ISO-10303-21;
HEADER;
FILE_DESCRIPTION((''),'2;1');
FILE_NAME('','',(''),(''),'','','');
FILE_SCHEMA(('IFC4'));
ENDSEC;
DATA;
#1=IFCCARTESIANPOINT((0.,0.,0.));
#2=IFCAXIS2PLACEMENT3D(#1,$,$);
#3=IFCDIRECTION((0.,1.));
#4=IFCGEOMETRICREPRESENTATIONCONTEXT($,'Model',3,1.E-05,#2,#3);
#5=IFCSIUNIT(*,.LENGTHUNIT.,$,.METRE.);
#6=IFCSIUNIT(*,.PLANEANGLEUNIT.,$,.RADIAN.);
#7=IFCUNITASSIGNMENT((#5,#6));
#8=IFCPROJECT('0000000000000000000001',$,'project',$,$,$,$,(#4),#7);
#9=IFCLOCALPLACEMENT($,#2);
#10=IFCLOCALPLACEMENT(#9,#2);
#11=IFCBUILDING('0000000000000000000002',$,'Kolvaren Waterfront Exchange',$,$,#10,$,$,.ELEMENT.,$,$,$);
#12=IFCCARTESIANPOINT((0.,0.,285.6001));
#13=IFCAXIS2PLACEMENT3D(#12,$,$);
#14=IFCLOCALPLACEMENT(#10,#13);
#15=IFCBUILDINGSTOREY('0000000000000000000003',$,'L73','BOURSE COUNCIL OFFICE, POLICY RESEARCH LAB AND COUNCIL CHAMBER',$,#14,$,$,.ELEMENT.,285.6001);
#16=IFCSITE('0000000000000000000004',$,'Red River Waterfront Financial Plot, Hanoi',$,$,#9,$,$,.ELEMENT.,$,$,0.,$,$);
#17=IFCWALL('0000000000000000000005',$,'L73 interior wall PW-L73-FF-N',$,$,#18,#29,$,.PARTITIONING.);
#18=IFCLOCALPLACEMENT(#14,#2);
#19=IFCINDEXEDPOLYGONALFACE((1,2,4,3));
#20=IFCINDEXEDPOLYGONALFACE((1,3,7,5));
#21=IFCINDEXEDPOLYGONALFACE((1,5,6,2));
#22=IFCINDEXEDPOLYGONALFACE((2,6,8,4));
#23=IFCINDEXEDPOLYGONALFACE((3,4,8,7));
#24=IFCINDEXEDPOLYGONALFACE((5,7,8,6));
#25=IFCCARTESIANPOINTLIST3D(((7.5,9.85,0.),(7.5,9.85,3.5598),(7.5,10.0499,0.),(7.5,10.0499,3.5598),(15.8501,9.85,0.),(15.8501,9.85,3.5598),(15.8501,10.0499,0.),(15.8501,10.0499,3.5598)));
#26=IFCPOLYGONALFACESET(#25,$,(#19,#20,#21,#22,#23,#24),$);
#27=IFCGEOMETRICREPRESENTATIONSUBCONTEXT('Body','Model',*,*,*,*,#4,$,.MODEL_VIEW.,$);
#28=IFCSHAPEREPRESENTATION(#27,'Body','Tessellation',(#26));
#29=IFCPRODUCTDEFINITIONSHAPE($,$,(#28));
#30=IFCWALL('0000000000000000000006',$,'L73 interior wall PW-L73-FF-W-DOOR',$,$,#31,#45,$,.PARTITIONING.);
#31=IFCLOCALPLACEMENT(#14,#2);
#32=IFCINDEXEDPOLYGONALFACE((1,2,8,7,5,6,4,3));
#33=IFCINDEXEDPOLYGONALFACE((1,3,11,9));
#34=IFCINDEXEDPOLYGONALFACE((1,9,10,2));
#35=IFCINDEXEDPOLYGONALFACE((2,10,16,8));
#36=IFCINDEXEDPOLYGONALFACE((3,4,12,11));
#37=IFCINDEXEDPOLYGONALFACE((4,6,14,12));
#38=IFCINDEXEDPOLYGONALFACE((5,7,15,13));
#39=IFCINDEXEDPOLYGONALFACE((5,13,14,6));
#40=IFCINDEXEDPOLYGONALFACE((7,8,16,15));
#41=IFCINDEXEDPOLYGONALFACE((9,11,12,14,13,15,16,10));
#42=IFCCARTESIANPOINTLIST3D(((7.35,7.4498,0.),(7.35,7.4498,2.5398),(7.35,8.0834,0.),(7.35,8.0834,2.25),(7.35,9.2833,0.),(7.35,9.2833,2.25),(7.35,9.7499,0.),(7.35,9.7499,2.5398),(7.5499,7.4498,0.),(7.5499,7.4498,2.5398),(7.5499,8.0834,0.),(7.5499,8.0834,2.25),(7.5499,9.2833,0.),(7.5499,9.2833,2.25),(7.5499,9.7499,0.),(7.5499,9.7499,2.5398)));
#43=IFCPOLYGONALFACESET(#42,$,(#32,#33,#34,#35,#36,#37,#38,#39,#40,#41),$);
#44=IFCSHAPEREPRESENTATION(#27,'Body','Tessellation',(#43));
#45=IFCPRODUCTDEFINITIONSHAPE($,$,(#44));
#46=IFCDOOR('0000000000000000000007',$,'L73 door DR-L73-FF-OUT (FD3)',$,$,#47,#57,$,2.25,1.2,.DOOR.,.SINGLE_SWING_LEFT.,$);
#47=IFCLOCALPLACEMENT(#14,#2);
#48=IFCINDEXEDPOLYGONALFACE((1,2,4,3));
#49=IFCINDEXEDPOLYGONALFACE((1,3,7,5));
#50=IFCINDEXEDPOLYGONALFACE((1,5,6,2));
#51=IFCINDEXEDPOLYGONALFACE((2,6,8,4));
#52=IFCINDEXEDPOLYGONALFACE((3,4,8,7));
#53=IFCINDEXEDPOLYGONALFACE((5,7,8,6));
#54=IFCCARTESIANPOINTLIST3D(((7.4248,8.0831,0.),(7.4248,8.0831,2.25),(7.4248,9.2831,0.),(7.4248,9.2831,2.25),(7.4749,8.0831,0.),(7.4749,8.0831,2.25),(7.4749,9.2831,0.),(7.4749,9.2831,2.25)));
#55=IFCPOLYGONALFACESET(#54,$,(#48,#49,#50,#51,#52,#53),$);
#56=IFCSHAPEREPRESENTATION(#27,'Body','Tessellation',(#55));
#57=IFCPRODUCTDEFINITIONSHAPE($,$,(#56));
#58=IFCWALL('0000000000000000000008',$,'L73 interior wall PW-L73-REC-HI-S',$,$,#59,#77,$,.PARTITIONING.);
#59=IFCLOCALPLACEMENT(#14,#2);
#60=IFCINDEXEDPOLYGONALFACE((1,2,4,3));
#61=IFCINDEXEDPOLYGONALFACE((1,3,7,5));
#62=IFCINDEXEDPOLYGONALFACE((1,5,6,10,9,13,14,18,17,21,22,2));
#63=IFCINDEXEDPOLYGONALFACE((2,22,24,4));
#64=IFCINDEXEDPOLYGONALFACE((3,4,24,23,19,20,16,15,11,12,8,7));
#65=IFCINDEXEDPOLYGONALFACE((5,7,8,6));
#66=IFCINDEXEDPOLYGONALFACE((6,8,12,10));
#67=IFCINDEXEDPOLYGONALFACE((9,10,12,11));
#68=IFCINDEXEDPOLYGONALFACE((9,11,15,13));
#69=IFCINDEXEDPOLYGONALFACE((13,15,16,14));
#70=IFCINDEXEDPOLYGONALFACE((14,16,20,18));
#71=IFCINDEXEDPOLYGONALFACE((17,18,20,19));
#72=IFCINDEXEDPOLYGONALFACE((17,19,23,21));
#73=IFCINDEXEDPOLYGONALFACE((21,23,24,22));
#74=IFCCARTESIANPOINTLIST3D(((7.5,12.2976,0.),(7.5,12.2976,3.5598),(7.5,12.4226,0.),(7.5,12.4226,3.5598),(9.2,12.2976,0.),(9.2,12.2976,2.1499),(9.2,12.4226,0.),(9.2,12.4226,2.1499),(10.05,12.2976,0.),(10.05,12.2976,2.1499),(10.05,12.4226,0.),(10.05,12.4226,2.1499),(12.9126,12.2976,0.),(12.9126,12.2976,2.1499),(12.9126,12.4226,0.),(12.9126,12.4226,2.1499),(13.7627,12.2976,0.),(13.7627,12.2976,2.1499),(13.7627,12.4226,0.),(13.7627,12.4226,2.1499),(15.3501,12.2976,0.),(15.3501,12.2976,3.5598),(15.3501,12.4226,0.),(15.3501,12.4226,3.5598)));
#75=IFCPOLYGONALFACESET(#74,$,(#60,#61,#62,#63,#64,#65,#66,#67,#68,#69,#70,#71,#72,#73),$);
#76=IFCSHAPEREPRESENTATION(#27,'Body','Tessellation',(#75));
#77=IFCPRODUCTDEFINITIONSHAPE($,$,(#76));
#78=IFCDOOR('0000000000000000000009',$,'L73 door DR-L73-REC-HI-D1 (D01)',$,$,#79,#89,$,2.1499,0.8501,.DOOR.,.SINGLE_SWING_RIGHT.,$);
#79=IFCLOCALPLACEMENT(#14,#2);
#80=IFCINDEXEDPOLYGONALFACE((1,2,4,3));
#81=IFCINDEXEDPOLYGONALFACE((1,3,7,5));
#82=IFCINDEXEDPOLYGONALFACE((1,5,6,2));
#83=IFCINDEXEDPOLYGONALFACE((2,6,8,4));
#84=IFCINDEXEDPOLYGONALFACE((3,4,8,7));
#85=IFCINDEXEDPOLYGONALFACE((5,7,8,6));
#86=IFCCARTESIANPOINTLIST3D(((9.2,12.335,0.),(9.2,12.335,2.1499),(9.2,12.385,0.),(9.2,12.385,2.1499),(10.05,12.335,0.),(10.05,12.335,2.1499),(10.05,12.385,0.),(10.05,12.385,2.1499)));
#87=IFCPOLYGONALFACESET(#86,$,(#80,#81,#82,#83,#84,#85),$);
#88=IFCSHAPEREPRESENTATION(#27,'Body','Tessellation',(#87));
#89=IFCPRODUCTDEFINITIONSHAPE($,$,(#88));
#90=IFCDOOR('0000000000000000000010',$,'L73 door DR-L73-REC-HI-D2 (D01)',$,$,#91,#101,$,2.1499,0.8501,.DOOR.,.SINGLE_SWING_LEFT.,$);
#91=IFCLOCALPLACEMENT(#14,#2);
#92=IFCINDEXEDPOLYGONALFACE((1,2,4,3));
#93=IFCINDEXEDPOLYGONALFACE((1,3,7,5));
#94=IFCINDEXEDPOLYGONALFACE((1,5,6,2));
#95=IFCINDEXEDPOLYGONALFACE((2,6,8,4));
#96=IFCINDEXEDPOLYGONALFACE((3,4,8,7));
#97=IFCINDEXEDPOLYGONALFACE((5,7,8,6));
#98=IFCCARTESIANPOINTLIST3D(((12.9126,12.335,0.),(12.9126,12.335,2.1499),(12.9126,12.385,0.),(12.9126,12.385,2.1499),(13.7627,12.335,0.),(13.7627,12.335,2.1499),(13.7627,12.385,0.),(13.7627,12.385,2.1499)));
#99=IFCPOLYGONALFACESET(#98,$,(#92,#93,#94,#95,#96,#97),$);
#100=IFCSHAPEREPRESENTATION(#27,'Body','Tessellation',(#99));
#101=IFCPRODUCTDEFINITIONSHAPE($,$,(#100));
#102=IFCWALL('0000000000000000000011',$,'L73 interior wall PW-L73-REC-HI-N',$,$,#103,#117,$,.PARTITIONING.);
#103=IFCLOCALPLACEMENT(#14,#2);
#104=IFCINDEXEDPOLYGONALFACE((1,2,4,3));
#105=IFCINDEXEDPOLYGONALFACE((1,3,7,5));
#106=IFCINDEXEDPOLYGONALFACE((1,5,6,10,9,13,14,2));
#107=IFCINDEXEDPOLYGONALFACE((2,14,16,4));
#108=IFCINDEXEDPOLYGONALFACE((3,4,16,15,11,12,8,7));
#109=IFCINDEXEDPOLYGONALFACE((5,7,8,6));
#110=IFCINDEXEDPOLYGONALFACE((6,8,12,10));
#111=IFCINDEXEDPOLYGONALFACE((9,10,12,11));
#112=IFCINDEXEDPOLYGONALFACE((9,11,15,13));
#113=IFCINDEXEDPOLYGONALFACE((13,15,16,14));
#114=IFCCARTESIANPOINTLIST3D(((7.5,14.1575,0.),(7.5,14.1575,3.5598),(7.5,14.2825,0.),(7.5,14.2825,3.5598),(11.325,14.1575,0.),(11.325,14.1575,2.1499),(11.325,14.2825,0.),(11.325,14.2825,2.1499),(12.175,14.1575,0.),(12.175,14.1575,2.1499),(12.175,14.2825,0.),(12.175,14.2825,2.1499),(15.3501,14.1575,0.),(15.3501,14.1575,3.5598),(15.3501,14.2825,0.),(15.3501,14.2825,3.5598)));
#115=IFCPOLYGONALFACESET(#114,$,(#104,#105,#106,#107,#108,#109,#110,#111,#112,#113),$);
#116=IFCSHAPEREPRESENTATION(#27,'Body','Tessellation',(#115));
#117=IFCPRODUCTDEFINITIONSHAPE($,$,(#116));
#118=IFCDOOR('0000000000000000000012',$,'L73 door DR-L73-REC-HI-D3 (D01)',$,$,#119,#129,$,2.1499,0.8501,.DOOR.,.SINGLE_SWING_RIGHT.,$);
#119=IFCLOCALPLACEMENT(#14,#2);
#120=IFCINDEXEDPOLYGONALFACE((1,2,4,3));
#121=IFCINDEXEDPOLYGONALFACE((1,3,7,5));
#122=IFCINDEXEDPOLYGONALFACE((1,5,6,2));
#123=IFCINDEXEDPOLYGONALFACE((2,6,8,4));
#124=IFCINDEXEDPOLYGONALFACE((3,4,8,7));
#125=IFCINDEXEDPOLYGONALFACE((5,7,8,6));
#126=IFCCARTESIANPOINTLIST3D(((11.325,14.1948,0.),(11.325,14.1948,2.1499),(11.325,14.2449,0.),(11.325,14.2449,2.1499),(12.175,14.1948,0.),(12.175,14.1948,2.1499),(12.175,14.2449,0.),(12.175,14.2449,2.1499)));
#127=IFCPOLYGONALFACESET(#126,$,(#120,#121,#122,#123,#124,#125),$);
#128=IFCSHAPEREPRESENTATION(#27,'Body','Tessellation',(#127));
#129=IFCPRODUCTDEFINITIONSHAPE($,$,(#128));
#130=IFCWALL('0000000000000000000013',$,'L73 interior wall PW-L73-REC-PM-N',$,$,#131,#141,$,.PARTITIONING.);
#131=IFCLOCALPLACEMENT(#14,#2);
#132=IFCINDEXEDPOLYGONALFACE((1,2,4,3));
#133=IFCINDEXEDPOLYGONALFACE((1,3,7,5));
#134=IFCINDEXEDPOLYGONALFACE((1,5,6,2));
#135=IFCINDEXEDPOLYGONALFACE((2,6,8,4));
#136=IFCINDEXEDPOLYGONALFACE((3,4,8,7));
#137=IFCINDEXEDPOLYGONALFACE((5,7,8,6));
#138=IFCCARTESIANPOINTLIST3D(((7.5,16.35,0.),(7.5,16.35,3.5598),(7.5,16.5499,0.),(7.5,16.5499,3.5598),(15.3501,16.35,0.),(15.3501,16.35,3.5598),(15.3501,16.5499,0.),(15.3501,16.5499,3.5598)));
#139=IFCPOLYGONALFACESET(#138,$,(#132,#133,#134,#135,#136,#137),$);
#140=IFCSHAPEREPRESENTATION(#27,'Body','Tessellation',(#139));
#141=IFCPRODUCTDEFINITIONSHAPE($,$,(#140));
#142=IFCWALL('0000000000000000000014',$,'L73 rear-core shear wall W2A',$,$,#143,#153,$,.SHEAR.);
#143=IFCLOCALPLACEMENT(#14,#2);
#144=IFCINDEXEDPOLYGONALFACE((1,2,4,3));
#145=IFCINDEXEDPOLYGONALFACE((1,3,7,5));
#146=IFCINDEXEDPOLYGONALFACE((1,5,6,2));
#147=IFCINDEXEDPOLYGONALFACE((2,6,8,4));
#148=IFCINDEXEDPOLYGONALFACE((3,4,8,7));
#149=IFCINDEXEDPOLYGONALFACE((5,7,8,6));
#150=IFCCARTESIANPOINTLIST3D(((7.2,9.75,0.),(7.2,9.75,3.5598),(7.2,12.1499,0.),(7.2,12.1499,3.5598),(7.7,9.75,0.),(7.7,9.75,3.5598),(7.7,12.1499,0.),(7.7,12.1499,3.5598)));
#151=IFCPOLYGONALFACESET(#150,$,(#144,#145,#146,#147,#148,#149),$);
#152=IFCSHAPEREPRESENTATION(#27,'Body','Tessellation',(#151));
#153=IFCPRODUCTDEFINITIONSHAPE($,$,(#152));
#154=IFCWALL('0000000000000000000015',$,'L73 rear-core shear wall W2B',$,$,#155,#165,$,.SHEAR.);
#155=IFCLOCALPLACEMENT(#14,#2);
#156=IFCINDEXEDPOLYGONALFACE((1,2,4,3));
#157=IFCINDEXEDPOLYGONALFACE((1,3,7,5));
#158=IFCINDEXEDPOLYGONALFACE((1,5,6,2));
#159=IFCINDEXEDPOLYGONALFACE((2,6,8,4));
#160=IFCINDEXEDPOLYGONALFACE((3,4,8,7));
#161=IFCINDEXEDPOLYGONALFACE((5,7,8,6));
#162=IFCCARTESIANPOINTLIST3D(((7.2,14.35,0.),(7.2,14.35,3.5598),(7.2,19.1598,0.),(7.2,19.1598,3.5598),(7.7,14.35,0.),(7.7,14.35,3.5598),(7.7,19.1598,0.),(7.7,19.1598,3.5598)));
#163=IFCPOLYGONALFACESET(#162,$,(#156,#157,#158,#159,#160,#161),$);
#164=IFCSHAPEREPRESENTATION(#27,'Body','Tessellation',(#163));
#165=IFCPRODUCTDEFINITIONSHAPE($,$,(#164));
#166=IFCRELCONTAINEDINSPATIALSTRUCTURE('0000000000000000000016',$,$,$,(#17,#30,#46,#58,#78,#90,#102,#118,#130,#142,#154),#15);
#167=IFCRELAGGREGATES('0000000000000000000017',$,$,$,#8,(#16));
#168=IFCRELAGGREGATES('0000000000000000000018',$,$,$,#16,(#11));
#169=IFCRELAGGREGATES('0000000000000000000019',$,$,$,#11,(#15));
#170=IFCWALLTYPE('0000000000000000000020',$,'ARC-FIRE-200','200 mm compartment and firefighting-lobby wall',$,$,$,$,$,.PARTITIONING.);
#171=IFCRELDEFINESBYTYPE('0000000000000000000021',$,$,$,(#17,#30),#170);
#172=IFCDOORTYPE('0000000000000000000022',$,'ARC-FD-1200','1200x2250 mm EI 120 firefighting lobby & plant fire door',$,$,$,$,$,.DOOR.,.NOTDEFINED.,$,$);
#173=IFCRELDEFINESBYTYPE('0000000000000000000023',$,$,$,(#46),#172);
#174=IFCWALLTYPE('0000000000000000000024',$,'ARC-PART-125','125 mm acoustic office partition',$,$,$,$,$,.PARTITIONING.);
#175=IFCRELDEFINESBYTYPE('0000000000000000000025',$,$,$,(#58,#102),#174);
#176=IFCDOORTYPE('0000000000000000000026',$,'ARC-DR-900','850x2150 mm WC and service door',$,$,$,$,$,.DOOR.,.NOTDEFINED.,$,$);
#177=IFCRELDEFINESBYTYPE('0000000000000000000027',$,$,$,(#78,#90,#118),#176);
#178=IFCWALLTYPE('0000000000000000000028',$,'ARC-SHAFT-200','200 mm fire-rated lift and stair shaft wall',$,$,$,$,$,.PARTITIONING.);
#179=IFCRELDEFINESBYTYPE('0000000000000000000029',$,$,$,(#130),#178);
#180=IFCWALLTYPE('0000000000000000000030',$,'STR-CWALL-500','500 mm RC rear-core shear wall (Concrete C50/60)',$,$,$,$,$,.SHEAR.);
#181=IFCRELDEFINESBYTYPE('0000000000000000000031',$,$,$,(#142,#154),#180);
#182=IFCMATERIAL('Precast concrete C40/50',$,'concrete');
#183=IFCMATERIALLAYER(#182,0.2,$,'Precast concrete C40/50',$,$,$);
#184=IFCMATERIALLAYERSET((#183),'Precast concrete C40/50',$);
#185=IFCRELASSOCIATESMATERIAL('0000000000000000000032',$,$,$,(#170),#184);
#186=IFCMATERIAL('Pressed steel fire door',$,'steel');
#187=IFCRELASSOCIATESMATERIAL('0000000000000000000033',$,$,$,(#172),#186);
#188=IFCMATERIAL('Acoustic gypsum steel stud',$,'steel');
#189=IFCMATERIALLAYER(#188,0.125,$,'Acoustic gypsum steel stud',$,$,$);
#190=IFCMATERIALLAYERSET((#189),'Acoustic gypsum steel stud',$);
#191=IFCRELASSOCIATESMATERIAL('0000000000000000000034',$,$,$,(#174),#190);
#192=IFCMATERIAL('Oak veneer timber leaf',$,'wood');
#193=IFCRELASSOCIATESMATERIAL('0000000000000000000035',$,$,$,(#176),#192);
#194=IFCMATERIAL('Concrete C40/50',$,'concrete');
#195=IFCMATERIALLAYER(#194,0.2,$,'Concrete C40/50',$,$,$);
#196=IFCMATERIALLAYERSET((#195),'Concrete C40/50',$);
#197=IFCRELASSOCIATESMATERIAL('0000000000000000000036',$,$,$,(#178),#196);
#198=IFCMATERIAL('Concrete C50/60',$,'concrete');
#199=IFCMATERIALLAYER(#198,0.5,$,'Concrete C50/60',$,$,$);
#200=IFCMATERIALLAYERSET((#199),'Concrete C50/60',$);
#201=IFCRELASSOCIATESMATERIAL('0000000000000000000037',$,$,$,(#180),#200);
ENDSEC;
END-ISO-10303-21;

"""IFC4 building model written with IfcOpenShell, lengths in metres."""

from ifc_helpers import new_model, si_unit, direction, frame, frame_2d, origin, place, context, subcontext, project, spatial, rectangle, extrude, material, layer, layer_set, type_object, element, fill, save


model = new_model("IFC4")

# Units and contexts
model_context = context("Model", 3, precision=1e-05, world=origin(), true_north=direction((0.0, 1.0)))
body_context = subcontext(model_context, "Body", "Model", "MODEL_VIEW")
ifc_project = project(units=[si_unit("LENGTHUNIT", "METRE"), si_unit("PLANEANGLEUNIT", "RADIAN")], contexts=[model_context])

# Site, building, storey
site_placement = place(None, origin())
site = spatial("IfcSite", under=ifc_project, at=site_placement, Name="Red River Waterfront Financial Plot, Hanoi", CompositionType="ELEMENT", RefElevation=0.0)
building_placement = place(site_placement, origin())
building = spatial("IfcBuilding", under=site, at=building_placement, Name="Kolvaren Waterfront Exchange", CompositionType="ELEMENT")
storey_placement = place(building_placement, frame((0.0, 0.0, 285.6001)))
storey = spatial("IfcBuildingStorey", under=building, at=storey_placement, Name="L73", Description="BOURSE COUNCIL OFFICE, POLICY RESEARCH LAB AND COUNCIL CHAMBER", CompositionType="ELEMENT", Elevation=285.6001)

# Wall
ifc_material_1 = material(Name="Precast concrete C40/50", Category="concrete")
ifc_layer_1 = layer(ifc_material_1, 0.2, Name="Precast concrete C40/50")
ifc_layer_set_1 = layer_set([ifc_layer_1], Name="Precast concrete C40/50")
wall_type_1 = type_object("IfcWallType", Name="ARC-FIRE-200", Description="200 mm compartment and firefighting-lobby wall", PredefinedType="PARTITIONING", material=ifc_layer_set_1)
wall_1_placement = place(storey_placement, frame((7.5, 9.95, 0.0), z_axis=(0.0, 0.0, 1.0), x_axis=(1.0, 0.0, 0.0)))
element("IfcWall", 1, at=wall_1_placement, inside=storey, type_object=wall_type_1, Name="L73 interior wall PW-L73-FF-N", PredefinedType="PARTITIONING", context=body_context, shape_type="SweptSolid", body=[
    extrude(rectangle(XDim=8.3501, YDim=0.2, at=frame_2d((4.175, 0.0))), origin(), (0.0, 0.0, 1.0), 3.5598),
])

# Wall, opening, door
wall_2_placement = place(storey_placement, frame((7.45, 7.45, 0.0), z_axis=(0.0, 0.0, 1.0), x_axis=(0.0, 1.0, 0.0)))
wall_2 = element("IfcWall", 2, at=wall_2_placement, inside=storey, type_object=wall_type_1, Name="L73 interior wall PW-L73-FF-W-DOOR", PredefinedType="PARTITIONING", context=body_context, shape_type="SweptSolid", body=[
    extrude(rectangle(XDim=2.3, YDim=0.2, at=frame_2d((1.1499, 0.0))), origin(), (0.0, 0.0, 1.0), 2.5398),
])
opening_1_placement = place(wall_2_placement, frame((0.6333, 0.0, 0.0)))
opening_1 = element("IfcOpeningElement", 3, at=opening_1_placement, cuts=wall_2, PredefinedType="OPENING", context=body_context, shape_type="SweptSolid", body=[
    extrude(rectangle(XDim=1.2, YDim=2.25, at=frame_2d((0.6001, 1.125))), frame((0.0, 0.1099, 0.0), z_axis=(0.0, -1.0, 0.0), x_axis=(1.0, 0.0, 0.0)), (0.0, 0.0, 1.0), 0.22),
])
ifc_material_2 = material(Name="Pressed steel fire door", Category="steel")
door_type_1 = type_object("IfcDoorType", Name="ARC-FD-1200", Description="1200x2250 mm EI 120 firefighting lobby & plant fire door", OperationType="NOTDEFINED", PredefinedType="DOOR", material=ifc_material_2)
door_1_placement = place(opening_1_placement, frame((1.2, 0.0, 0.0), z_axis=(0.0, 0.0, 1.0), x_axis=(-1.0, 0.0, 0.0)))
door_1 = element("IfcDoor", 4, at=door_1_placement, inside=storey, type_object=door_type_1, Name="L73 door DR-L73-FF-OUT (FD3)", OperationType="SINGLE_SWING_LEFT", OverallHeight=2.25, OverallWidth=1.2, PredefinedType="DOOR", context=body_context, shape_type="SweptSolid", body=[
    extrude(rectangle(XDim=1.2, YDim=2.25, at=frame_2d((0.6001, 1.125))), frame((0.0, 0.0249, 0.0), z_axis=(0.0, -1.0, 0.0), x_axis=(1.0, 0.0, 0.0)), (0.0, 0.0, 1.0), 0.05),
])
fill(opening_1, door_1)

# Wall, openings, doors
ifc_material_3 = material(Name="Acoustic gypsum steel stud", Category="steel")
ifc_layer_2 = layer(ifc_material_3, 0.125, Name="Acoustic gypsum steel stud")
ifc_layer_set_2 = layer_set([ifc_layer_2], Name="Acoustic gypsum steel stud")
wall_type_2 = type_object("IfcWallType", Name="ARC-PART-125", Description="125 mm acoustic office partition", PredefinedType="PARTITIONING", material=ifc_layer_set_2)
wall_3_placement = place(storey_placement, frame((7.5, 12.3601, 0.0), z_axis=(0.0, 0.0, 1.0), x_axis=(1.0, 0.0, 0.0)))
wall_3 = element("IfcWall", 5, at=wall_3_placement, inside=storey, type_object=wall_type_2, Name="L73 interior wall PW-L73-REC-HI-S", PredefinedType="PARTITIONING", context=body_context, shape_type="SweptSolid", body=[
    extrude(rectangle(XDim=7.8501, YDim=0.125, at=frame_2d((3.925, 0.0))), origin(), (0.0, 0.0, 1.0), 3.5598),
])
opening_2_placement = place(wall_3_placement, frame((1.7, 0.0, 0.0)))
opening_2 = element("IfcOpeningElement", 6, at=opening_2_placement, cuts=wall_3, PredefinedType="OPENING", context=body_context, shape_type="SweptSolid", body=[
    extrude(rectangle(XDim=0.8501, YDim=2.1499, at=frame_2d((0.425, 1.075))), frame((0.0, 0.0725, 0.0), z_axis=(0.0, -1.0, 0.0), x_axis=(1.0, 0.0, 0.0)), (0.0, 0.0, 1.0), 0.145),
])
opening_3_placement = place(wall_3_placement, frame((5.4126, 0.0, 0.0)))
opening_3 = element("IfcOpeningElement", 7, at=opening_3_placement, cuts=wall_3, PredefinedType="OPENING", context=body_context, shape_type="SweptSolid", body=[
    extrude(rectangle(XDim=0.8501, YDim=2.1499, at=frame_2d((0.425, 1.075))), frame((0.0, 0.0725, 0.0), z_axis=(0.0, -1.0, 0.0), x_axis=(1.0, 0.0, 0.0)), (0.0, 0.0, 1.0), 0.145),
])
ifc_material_4 = material(Name="Oak veneer timber leaf", Category="wood")
door_type_2 = type_object("IfcDoorType", Name="ARC-DR-900", Description="850x2150 mm WC and service door", OperationType="NOTDEFINED", PredefinedType="DOOR", material=ifc_material_4)
door_2_placement = place(opening_2_placement, origin())
door_2 = element("IfcDoor", 8, at=door_2_placement, inside=storey, type_object=door_type_2, Name="L73 door DR-L73-REC-HI-D1 (D01)", OperationType="SINGLE_SWING_RIGHT", OverallHeight=2.1499, OverallWidth=0.8501, PredefinedType="DOOR", context=body_context, shape_type="SweptSolid", body=[
    extrude(rectangle(XDim=0.8501, YDim=2.1499, at=frame_2d((0.425, 1.075))), frame((0.0, 0.0249, 0.0), z_axis=(0.0, -1.0, 0.0), x_axis=(1.0, 0.0, 0.0)), (0.0, 0.0, 1.0), 0.05),
])
fill(opening_2, door_2)
door_3_placement = place(opening_3_placement, origin())
door_3 = element("IfcDoor", 9, at=door_3_placement, inside=storey, type_object=door_type_2, Name="L73 door DR-L73-REC-HI-D2 (D01)", OperationType="SINGLE_SWING_LEFT", OverallHeight=2.1499, OverallWidth=0.8501, PredefinedType="DOOR", context=body_context, shape_type="SweptSolid", body=[
    extrude(rectangle(XDim=0.8501, YDim=2.1499, at=frame_2d((0.425, 1.075))), frame((0.0, 0.0249, 0.0), z_axis=(0.0, -1.0, 0.0), x_axis=(1.0, 0.0, 0.0)), (0.0, 0.0, 1.0), 0.05),
])
fill(opening_3, door_3)

# Wall, opening, door
wall_4_placement = place(storey_placement, frame((7.5, 14.22, 0.0), z_axis=(0.0, 0.0, 1.0), x_axis=(1.0, 0.0, 0.0)))
wall_4 = element("IfcWall", 10, at=wall_4_placement, inside=storey, type_object=wall_type_2, Name="L73 interior wall PW-L73-REC-HI-N", PredefinedType="PARTITIONING", context=body_context, shape_type="SweptSolid", body=[
    extrude(rectangle(XDim=7.8501, YDim=0.125, at=frame_2d((3.925, 0.0))), origin(), (0.0, 0.0, 1.0), 3.5598),
])
opening_4_placement = place(wall_4_placement, frame((3.825, 0.0, 0.0)))
opening_4 = element("IfcOpeningElement", 11, at=opening_4_placement, cuts=wall_4, PredefinedType="OPENING", context=body_context, shape_type="SweptSolid", body=[
    extrude(rectangle(XDim=0.8501, YDim=2.1499, at=frame_2d((0.425, 1.075))), frame((0.0, 0.0725, 0.0), z_axis=(0.0, -1.0, 0.0), x_axis=(1.0, 0.0, 0.0)), (0.0, 0.0, 1.0), 0.145),
])
door_4_placement = place(opening_4_placement, origin())
door_4 = element("IfcDoor", 12, at=door_4_placement, inside=storey, type_object=door_type_2, Name="L73 door DR-L73-REC-HI-D3 (D01)", OperationType="SINGLE_SWING_RIGHT", OverallHeight=2.1499, OverallWidth=0.8501, PredefinedType="DOOR", context=body_context, shape_type="SweptSolid", body=[
    extrude(rectangle(XDim=0.8501, YDim=2.1499, at=frame_2d((0.425, 1.075))), frame((0.0, 0.0249, 0.0), z_axis=(0.0, -1.0, 0.0), x_axis=(1.0, 0.0, 0.0)), (0.0, 0.0, 1.0), 0.05),
])
fill(opening_4, door_4)

# Walls
ifc_material_5 = material(Name="Concrete C40/50", Category="concrete")
ifc_layer_3 = layer(ifc_material_5, 0.2, Name="Concrete C40/50")
ifc_layer_set_3 = layer_set([ifc_layer_3], Name="Concrete C40/50")
wall_type_3 = type_object("IfcWallType", Name="ARC-SHAFT-200", Description="200 mm fire-rated lift and stair shaft wall", PredefinedType="PARTITIONING", material=ifc_layer_set_3)
wall_5_placement = place(storey_placement, frame((7.5, 16.45, 0.0), z_axis=(0.0, 0.0, 1.0), x_axis=(1.0, 0.0, 0.0)))
element("IfcWall", 13, at=wall_5_placement, inside=storey, type_object=wall_type_3, Name="L73 interior wall PW-L73-REC-PM-N", PredefinedType="PARTITIONING", context=body_context, shape_type="SweptSolid", body=[
    extrude(rectangle(XDim=7.8501, YDim=0.2, at=frame_2d((3.925, 0.0))), origin(), (0.0, 0.0, 1.0), 3.5598),
])
ifc_material_6 = material(Name="Concrete C50/60", Category="concrete")
ifc_layer_4 = layer(ifc_material_6, 0.5, Name="Concrete C50/60")
ifc_layer_set_4 = layer_set([ifc_layer_4], Name="Concrete C50/60")
wall_type_4 = type_object("IfcWallType", Name="STR-CWALL-500", Description="500 mm RC rear-core shear wall (Concrete C50/60)", PredefinedType="SHEAR", material=ifc_layer_set_4)
wall_6_placement = place(storey_placement, frame((7.45, 9.75, 0.0), z_axis=(0.0, 0.0, 1.0), x_axis=(0.0, 1.0, 0.0)))
element("IfcWall", 14, at=wall_6_placement, inside=storey, type_object=wall_type_4, Name="L73 rear-core shear wall W2A", PredefinedType="SHEAR", context=body_context, shape_type="SweptSolid", body=[
    extrude(rectangle(XDim=2.3999, YDim=0.5, at=frame_2d((1.2, 0.0))), origin(), (0.0, 0.0, 1.0), 3.5598),
])
wall_7_placement = place(storey_placement, frame((7.45, 14.3501, 0.0), z_axis=(0.0, 0.0, 1.0), x_axis=(0.0, 1.0, 0.0)))
element("IfcWall", 15, at=wall_7_placement, inside=storey, type_object=wall_type_4, Name="L73 rear-core shear wall W2B", PredefinedType="SHEAR", context=body_context, shape_type="SweptSolid", body=[
    extrude(rectangle(XDim=4.8098, YDim=0.5, at=frame_2d((2.4048, 0.0))), origin(), (0.0, 0.0, 1.0), 3.5598),
])

save(model, "model.ifc")
